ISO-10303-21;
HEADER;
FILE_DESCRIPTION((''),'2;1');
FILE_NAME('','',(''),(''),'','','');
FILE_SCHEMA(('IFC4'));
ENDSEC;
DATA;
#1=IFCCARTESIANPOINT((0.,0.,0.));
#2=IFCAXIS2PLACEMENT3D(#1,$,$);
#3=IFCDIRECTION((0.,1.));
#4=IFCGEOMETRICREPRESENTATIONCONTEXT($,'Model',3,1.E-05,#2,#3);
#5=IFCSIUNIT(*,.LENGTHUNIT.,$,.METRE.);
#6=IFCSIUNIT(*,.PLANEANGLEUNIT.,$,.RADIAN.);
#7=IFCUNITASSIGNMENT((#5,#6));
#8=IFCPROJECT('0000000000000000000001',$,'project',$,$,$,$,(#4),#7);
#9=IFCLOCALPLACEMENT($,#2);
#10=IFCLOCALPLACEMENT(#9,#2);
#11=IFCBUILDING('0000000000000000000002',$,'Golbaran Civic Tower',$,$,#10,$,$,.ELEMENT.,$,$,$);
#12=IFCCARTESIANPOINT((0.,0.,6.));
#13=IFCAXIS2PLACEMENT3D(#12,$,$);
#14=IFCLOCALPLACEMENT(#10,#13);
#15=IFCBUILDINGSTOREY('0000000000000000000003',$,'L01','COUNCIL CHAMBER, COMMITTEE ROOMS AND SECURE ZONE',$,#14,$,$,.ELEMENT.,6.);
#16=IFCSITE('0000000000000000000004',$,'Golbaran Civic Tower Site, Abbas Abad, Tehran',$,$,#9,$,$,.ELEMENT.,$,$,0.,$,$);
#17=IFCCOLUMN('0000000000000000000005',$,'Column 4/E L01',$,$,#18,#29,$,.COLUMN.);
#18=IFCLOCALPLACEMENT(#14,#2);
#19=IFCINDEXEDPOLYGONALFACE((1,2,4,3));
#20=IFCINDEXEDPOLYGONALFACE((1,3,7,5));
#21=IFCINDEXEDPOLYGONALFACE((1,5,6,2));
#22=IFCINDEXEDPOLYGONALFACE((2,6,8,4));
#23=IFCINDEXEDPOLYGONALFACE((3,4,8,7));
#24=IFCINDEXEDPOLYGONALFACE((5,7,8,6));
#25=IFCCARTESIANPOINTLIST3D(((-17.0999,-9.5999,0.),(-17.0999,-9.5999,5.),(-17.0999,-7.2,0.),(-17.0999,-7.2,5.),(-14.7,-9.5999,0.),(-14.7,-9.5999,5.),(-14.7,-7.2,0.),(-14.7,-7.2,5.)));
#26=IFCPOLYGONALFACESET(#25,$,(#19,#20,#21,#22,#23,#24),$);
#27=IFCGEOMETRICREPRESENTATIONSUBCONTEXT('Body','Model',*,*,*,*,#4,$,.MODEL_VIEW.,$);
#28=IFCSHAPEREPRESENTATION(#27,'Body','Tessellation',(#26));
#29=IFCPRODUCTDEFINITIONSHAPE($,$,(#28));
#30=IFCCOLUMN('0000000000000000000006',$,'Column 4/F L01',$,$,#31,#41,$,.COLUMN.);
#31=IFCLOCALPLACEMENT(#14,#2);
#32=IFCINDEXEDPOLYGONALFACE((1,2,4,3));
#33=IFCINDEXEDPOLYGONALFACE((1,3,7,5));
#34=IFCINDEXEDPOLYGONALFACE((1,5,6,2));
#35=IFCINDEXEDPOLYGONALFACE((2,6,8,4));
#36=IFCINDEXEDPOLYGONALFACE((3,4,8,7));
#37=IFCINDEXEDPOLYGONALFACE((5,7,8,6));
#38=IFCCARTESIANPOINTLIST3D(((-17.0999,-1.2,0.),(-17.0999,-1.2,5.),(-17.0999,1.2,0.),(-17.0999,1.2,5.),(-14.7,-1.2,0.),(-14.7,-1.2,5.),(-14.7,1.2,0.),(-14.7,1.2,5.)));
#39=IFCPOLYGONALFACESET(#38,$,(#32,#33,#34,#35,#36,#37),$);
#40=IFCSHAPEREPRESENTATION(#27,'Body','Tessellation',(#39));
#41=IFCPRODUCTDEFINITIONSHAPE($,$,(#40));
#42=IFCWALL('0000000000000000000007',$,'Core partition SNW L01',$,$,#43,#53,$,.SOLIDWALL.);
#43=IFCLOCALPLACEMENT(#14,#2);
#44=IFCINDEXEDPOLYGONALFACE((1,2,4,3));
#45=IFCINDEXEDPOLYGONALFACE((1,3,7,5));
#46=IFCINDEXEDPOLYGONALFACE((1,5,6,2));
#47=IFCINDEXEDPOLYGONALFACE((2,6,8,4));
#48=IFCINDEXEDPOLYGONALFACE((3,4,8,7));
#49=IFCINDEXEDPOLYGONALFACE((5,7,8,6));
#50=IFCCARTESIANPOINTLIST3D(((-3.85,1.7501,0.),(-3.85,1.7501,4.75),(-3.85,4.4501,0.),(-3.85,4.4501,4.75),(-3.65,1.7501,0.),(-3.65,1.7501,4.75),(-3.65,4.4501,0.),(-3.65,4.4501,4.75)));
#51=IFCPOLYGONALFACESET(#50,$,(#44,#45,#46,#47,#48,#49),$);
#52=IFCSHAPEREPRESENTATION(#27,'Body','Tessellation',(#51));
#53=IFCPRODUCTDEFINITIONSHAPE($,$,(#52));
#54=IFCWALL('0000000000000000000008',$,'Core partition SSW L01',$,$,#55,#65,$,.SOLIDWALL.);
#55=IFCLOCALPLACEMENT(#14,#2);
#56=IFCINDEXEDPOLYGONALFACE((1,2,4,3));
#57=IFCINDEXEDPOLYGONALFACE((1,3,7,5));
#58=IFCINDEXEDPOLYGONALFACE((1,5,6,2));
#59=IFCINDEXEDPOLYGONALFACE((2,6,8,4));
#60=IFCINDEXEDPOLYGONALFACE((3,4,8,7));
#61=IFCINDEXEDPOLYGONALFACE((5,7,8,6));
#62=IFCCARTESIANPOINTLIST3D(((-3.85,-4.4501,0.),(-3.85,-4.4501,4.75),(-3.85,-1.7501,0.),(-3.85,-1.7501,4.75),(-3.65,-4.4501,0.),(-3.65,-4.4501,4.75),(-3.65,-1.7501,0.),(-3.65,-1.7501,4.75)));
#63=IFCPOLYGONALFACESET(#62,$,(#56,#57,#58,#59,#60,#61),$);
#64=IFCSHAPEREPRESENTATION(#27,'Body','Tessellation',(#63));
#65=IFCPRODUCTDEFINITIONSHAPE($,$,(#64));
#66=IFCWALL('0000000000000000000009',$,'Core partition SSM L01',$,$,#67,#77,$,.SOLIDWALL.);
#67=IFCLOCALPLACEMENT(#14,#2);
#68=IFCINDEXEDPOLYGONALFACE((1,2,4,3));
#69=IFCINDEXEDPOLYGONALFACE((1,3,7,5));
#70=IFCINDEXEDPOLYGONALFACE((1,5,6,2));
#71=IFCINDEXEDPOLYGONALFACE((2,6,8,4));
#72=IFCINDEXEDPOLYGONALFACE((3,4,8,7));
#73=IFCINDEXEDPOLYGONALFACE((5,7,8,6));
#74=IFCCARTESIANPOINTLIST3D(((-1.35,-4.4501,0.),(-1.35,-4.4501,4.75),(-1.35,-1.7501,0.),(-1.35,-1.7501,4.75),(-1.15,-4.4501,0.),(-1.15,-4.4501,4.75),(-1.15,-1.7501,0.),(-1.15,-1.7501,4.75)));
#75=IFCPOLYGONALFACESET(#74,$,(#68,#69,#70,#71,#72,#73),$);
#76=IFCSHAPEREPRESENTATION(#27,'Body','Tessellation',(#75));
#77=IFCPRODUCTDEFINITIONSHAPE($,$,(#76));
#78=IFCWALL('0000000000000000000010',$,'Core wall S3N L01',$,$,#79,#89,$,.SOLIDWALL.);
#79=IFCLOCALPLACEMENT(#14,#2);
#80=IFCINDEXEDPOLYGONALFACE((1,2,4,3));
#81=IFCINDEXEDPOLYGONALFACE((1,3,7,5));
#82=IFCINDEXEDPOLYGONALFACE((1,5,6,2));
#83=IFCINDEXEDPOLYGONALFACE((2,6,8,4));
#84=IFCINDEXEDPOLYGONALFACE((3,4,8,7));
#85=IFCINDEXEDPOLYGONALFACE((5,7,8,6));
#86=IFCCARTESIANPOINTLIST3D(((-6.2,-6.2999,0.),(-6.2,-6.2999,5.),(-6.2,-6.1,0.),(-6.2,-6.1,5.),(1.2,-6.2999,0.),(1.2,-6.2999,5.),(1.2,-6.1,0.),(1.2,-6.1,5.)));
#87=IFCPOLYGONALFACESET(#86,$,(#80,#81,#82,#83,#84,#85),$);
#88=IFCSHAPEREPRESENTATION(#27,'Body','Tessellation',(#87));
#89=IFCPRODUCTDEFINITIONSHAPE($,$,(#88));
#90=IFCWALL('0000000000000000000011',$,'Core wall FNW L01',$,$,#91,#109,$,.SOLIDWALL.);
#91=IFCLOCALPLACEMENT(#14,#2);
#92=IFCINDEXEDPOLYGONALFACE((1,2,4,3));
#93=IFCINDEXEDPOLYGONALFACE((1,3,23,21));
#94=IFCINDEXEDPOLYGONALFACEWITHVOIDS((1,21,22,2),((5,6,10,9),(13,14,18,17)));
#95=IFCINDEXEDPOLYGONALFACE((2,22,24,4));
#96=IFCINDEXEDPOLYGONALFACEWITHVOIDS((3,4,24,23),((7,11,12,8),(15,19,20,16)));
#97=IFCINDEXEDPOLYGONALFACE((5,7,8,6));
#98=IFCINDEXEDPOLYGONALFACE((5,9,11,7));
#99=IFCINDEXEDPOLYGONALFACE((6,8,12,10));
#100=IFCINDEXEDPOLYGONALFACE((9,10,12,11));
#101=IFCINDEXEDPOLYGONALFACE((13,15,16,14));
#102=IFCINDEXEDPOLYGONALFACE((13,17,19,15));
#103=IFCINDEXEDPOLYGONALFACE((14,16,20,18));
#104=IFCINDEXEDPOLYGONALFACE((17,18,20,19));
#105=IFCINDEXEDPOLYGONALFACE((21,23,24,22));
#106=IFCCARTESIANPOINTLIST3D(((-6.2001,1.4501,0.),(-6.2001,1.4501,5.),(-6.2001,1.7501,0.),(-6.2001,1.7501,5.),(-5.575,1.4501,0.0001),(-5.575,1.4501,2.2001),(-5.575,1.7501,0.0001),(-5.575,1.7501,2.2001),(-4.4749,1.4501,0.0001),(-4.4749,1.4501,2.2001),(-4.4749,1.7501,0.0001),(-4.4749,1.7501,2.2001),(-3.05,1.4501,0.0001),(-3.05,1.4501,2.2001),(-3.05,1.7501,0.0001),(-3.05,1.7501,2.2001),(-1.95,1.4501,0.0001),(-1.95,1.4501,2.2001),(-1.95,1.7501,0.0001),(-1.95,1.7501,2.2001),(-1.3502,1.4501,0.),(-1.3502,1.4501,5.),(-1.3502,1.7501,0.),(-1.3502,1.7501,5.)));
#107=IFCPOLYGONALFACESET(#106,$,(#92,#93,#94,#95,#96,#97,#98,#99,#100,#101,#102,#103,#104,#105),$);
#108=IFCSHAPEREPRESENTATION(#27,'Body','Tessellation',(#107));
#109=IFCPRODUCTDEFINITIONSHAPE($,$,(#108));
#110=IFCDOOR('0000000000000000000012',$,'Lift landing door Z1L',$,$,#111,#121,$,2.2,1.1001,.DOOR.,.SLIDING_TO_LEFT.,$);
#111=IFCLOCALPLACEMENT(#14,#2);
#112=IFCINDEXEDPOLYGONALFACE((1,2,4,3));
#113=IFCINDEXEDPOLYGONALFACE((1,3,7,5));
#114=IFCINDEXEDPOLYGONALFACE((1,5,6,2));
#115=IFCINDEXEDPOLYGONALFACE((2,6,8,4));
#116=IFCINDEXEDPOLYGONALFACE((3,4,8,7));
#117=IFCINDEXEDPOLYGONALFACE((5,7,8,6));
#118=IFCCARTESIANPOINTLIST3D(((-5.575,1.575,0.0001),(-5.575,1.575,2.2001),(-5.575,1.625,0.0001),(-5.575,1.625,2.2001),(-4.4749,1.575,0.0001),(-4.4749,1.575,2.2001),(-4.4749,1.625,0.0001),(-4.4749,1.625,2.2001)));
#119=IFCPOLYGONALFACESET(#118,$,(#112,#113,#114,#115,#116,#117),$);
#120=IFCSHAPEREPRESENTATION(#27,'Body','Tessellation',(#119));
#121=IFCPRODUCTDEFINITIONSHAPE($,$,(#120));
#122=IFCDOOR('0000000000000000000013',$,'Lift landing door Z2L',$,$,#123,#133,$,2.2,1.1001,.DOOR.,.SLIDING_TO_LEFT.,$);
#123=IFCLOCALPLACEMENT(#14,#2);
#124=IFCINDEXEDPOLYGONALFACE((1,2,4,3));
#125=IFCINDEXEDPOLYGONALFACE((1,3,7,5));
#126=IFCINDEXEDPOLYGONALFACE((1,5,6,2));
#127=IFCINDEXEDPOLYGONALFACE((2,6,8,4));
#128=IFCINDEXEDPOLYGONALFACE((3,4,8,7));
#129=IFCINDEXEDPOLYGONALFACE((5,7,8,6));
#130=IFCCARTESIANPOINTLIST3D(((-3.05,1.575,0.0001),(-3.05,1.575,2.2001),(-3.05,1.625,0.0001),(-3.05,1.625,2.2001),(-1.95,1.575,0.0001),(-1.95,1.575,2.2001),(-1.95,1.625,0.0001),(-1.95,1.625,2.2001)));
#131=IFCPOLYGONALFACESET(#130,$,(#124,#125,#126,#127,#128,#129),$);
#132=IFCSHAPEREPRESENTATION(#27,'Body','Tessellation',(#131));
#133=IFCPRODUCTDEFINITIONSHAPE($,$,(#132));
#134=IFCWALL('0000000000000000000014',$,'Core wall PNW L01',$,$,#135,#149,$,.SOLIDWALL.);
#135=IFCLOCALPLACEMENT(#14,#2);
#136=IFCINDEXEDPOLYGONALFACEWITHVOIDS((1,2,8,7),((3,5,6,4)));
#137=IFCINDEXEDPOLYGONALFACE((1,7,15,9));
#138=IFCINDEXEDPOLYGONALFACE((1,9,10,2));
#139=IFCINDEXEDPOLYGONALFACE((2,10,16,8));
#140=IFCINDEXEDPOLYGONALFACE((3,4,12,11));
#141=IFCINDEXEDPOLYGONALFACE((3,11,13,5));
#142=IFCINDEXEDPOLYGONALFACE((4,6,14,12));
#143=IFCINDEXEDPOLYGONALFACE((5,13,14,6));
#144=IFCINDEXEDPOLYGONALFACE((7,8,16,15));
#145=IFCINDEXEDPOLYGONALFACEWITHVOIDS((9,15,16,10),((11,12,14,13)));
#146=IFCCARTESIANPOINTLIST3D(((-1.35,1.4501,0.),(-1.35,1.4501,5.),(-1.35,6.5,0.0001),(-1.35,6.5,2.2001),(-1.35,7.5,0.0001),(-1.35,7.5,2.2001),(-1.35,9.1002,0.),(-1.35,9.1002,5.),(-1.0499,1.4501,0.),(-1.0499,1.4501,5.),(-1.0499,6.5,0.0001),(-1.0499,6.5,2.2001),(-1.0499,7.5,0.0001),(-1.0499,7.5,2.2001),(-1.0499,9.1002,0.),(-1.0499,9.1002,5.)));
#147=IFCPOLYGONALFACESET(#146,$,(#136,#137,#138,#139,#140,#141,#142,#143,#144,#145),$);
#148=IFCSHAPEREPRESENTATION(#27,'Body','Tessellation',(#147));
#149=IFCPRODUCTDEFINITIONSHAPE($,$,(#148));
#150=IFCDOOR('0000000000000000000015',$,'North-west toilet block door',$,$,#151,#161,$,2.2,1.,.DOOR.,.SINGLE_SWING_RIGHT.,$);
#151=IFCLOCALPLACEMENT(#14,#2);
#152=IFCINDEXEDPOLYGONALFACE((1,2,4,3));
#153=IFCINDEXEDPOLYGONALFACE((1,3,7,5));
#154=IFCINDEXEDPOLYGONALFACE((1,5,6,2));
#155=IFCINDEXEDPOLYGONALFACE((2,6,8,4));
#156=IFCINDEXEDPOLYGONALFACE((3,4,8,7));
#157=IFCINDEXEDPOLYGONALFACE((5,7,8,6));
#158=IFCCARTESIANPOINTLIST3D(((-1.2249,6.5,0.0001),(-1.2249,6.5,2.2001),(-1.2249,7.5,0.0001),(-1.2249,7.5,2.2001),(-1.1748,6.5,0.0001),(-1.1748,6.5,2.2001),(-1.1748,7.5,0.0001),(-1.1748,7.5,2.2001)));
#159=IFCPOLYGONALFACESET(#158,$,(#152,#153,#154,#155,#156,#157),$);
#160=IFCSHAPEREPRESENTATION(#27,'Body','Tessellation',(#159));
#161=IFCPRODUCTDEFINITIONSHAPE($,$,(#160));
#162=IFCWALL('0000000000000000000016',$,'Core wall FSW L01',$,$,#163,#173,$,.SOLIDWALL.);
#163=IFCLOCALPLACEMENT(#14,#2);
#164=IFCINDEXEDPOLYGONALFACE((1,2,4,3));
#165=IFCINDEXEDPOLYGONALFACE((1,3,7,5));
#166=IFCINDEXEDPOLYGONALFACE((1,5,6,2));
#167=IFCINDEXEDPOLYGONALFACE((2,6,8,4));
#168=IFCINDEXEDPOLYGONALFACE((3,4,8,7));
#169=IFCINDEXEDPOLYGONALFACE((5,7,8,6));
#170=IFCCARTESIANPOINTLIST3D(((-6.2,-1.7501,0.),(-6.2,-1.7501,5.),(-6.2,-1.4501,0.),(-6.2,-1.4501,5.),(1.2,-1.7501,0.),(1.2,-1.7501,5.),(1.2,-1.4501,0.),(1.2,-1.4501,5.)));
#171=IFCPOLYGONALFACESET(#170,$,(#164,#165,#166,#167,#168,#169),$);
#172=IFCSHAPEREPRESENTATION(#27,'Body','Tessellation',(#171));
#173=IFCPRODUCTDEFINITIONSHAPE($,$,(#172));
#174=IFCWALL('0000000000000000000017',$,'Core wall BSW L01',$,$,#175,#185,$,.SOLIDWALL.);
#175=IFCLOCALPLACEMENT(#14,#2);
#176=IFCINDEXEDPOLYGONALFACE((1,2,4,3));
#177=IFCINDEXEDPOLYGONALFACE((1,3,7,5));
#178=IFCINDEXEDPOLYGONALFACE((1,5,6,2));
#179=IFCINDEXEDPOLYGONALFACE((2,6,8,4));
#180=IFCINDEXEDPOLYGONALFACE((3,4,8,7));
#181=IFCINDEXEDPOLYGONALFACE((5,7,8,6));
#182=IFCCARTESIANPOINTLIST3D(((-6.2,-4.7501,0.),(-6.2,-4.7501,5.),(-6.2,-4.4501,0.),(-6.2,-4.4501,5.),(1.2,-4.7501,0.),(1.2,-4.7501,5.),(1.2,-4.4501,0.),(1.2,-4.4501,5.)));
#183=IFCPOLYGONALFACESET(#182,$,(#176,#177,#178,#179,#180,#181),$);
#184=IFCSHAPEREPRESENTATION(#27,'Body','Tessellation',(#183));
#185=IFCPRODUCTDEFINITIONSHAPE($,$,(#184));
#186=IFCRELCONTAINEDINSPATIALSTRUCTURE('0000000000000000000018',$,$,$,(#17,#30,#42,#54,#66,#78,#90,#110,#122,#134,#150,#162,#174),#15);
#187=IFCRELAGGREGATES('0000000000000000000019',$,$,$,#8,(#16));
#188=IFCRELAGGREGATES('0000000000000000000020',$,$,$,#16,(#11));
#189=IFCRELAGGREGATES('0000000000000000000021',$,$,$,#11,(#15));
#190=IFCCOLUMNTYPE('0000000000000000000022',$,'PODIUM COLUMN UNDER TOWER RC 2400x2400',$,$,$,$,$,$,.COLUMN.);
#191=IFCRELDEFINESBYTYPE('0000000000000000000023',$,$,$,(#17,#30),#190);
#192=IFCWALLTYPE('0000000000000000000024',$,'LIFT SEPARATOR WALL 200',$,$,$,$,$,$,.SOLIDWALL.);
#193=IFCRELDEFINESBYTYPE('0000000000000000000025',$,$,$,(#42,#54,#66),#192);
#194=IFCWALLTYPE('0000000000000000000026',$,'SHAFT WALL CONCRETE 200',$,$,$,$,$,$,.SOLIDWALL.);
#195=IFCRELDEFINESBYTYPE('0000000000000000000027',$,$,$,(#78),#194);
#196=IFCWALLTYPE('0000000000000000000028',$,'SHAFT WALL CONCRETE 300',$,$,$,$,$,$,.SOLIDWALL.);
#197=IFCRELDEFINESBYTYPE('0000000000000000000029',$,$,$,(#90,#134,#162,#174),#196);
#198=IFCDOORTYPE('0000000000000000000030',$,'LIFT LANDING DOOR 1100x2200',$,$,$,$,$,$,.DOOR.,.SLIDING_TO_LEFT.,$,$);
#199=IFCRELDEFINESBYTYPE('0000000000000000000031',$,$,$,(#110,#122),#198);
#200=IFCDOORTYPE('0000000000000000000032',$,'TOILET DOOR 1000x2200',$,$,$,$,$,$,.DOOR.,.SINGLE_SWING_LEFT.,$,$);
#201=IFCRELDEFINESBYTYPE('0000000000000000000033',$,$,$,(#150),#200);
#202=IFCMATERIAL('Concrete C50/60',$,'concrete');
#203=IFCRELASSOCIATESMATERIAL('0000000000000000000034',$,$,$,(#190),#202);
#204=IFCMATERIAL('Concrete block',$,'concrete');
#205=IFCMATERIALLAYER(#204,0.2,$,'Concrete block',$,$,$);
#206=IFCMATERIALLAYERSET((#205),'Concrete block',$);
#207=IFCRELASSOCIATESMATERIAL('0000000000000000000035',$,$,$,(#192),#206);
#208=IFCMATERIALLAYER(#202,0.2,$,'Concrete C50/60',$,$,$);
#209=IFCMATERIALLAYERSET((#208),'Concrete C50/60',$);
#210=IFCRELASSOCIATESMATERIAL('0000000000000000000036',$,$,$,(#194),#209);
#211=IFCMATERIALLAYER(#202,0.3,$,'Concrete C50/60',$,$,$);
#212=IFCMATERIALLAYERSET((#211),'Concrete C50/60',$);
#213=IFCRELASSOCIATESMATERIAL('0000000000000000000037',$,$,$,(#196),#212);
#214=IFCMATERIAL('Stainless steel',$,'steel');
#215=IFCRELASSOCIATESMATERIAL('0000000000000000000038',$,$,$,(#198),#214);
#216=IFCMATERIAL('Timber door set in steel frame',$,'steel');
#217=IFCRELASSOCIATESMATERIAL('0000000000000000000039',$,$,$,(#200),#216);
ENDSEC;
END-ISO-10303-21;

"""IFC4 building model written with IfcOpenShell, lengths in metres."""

from ifc_helpers import new_model, si_unit, direction, frame, frame_2d, origin, origin_2d, place, context, subcontext, project, spatial, rectangle, extrude, material, layer, layer_set, material_profile, profile_set, type_object, element, fill, save


model = new_model("IFC4")

# Units and contexts
model_context = context("Model", 3, precision=1e-05, world=origin(), true_north=direction((0.0, 1.0)))
body_context = subcontext(model_context, "Body", "Model", "MODEL_VIEW")
ifc_project = project(units=[si_unit("LENGTHUNIT", "METRE"), si_unit("PLANEANGLEUNIT", "RADIAN")], contexts=[model_context])

# Site, building, storey
site_placement = place(None, origin())
site = spatial("IfcSite", under=ifc_project, at=site_placement, Name="Golbaran Civic Tower Site, Abbas Abad, Tehran", CompositionType="ELEMENT", RefElevation=0.0)
building_placement = place(site_placement, origin())
building = spatial("IfcBuilding", under=site, at=building_placement, Name="Golbaran Civic Tower", CompositionType="ELEMENT")
storey_placement = place(building_placement, frame((0.0, 0.0, 6.0)))
storey = spatial("IfcBuildingStorey", under=building, at=storey_placement, Name="L01", Description="COUNCIL CHAMBER, COMMITTEE ROOMS AND SECURE ZONE", CompositionType="ELEMENT", Elevation=6.0)

# Columns
ifc_material_1 = material(Name="Concrete C50/60", Category="concrete")
ifc_material_profile = material_profile(ifc_material_1, rectangle(XDim=2.3999, YDim=2.3999, at=origin_2d()), Name="RC 2400x2400")
ifc_profile_set = profile_set([ifc_material_profile], Name="Concrete C50/60")
column_type = type_object("IfcColumnType", Name="PODIUM COLUMN UNDER TOWER RC 2400x2400", PredefinedType="COLUMN", material=ifc_profile_set)
for number, where, z_axis, x_axis, name in (
    (1, (-15.8999, -8.3999, 0.0), (0.0, 0.0, 1.0), (1.0, 0.0, 0.0), "Column 4/E L01"),
    (2, (-15.8999, 0.0, 0.0), (0.0, 0.0, 1.0), (1.0, 0.0, 0.0), "Column 4/F L01"),
):
    element("IfcColumn", number, at=place(storey_placement, frame(where, z_axis=z_axis, x_axis=x_axis)), inside=storey, type_object=column_type, Name=name, PredefinedType="COLUMN", context=body_context, shape_type="SweptSolid", body=[
        extrude(rectangle(XDim=2.3999, YDim=2.3999, at=origin_2d()), origin(), (0.0, 0.0, 1.0), 5.0),
    ])

# Walls
ifc_material_2 = material(Name="Concrete block", Category="concrete")
ifc_layer_1 = layer(ifc_material_2, 0.2, Name="Concrete block")
ifc_layer_set_1 = layer_set([ifc_layer_1], Name="Concrete block")
wall_type_1 = type_object("IfcWallType", Name="LIFT SEPARATOR WALL 200", PredefinedType="SOLIDWALL", material=ifc_layer_set_1)
for number, where, z_axis, x_axis, name in (
    (3, (-3.75, 1.75, 0.0), (0.0, 0.0, 1.0), (0.0, 1.0, 0.0), "Core partition SNW L01"),
    (4, (-3.75, -1.75, 0.0), (0.0, 0.0, 1.0), (0.0, -1.0, 0.0), "Core partition SSW L01"),
    (5, (-1.25, -1.75, 0.0), (0.0, 0.0, 1.0), (0.0, -1.0, 0.0), "Core partition SSM L01"),
):
    element("IfcWall", number, at=place(storey_placement, frame(where, z_axis=z_axis, x_axis=x_axis)), inside=storey, type_object=wall_type_1, Name=name, PredefinedType="SOLIDWALL", context=body_context, shape_type="SweptSolid", body=[
        extrude(rectangle(XDim=2.7, YDim=0.2, at=frame_2d((1.3501, 0.0))), origin(), (0.0, 0.0, 1.0), 4.75),
    ])
ifc_layer_2 = layer(ifc_material_1, 0.2, Name="Concrete C50/60")
ifc_layer_set_2 = layer_set([ifc_layer_2], Name="Concrete C50/60")
wall_type_2 = type_object("IfcWallType", Name="SHAFT WALL CONCRETE 200", PredefinedType="SOLIDWALL", material=ifc_layer_set_2)
wall_1_placement = place(storey_placement, frame((-6.2, -6.2, 0.0), z_axis=(0.0, 0.0, 1.0), x_axis=(1.0, 0.0, 0.0)))
element("IfcWall", 6, at=wall_1_placement, inside=storey, type_object=wall_type_2, Name="Core wall S3N L01", PredefinedType="SOLIDWALL", context=body_context, shape_type="SweptSolid", body=[
    extrude(rectangle(XDim=7.3999, YDim=0.2, at=frame_2d((3.7, 0.0))), origin(), (0.0, 0.0, 1.0), 5.0),
])

# Wall, openings, doors
ifc_layer_3 = layer(ifc_material_1, 0.3, Name="Concrete C50/60")
ifc_layer_set_3 = layer_set([ifc_layer_3], Name="Concrete C50/60")
wall_type_3 = type_object("IfcWallType", Name="SHAFT WALL CONCRETE 300", PredefinedType="SOLIDWALL", material=ifc_layer_set_3)
wall_2_placement = place(storey_placement, frame((-6.2, 1.6001, 0.0), z_axis=(0.0, 0.0, 1.0), x_axis=(1.0, 0.0, 0.0)))
wall_2 = element("IfcWall", 7, at=wall_2_placement, inside=storey, type_object=wall_type_3, Name="Core wall FNW L01", PredefinedType="SOLIDWALL", context=body_context, shape_type="SweptSolid", body=[
    extrude(rectangle(XDim=4.8499, YDim=0.3, at=frame_2d((2.4248, 0.0))), origin(), (0.0, 0.0, 1.0), 5.0),
])
opening_1_placement = place(wall_2_placement, frame((0.625, 0.0, 0.0)))
opening_1 = element("IfcOpeningElement", 8, at=opening_1_placement, cuts=wall_2, PredefinedType="OPENING", context=body_context, shape_type="SweptSolid", body=[
    extrude(rectangle(XDim=1.1001, YDim=2.2, at=frame_2d((0.55, 1.1001))), frame((0.0, 0.1599, 0.0), z_axis=(0.0, -1.0, 0.0), x_axis=(1.0, 0.0, 0.0)), (0.0, 0.0, 1.0), 0.3201),
])
opening_2_placement = place(wall_2_placement, frame((3.1499, 0.0, 0.0)))
opening_2 = element("IfcOpeningElement", 9, at=opening_2_placement, cuts=wall_2, PredefinedType="OPENING", context=body_context, shape_type="SweptSolid", body=[
    extrude(rectangle(XDim=1.1001, YDim=2.2, at=frame_2d((0.55, 1.1001))), frame((0.0, 0.1599, 0.0), z_axis=(0.0, -1.0, 0.0), x_axis=(1.0, 0.0, 0.0)), (0.0, 0.0, 1.0), 0.3201),
])
ifc_material_3 = material(Name="Stainless steel", Category="steel")
door_type_1 = type_object("IfcDoorType", Name="LIFT LANDING DOOR 1100x2200", OperationType="SLIDING_TO_LEFT", PredefinedType="DOOR", material=ifc_material_3)
door_1_placement = place(opening_1_placement, origin())
door_1 = element("IfcDoor", 10, at=door_1_placement, inside=storey, type_object=door_type_1, Name="Lift landing door Z1L", OperationType="SLIDING_TO_LEFT", OverallHeight=2.2, OverallWidth=1.1001, PredefinedType="DOOR", context=body_context, shape_type="SweptSolid", body=[
    extrude(rectangle(XDim=1.1001, YDim=2.2, at=frame_2d((0.55, 1.1001))), frame((0.0, 0.0249, 0.0), z_axis=(0.0, -1.0, 0.0), x_axis=(1.0, 0.0, 0.0)), (0.0, 0.0, 1.0), 0.05),
])
fill(opening_1, door_1)
door_2_placement = place(opening_2_placement, origin())
door_2 = element("IfcDoor", 11, at=door_2_placement, inside=storey, type_object=door_type_1, Name="Lift landing door Z2L", OperationType="SLIDING_TO_LEFT", OverallHeight=2.2, OverallWidth=1.1001, PredefinedType="DOOR", context=body_context, shape_type="SweptSolid", body=[
    extrude(rectangle(XDim=1.1001, YDim=2.2, at=frame_2d((0.55, 1.1001))), frame((0.0, 0.0249, 0.0), z_axis=(0.0, -1.0, 0.0), x_axis=(1.0, 0.0, 0.0)), (0.0, 0.0, 1.0), 0.05),
])
fill(opening_2, door_2)

# Wall, opening, door
wall_3_placement = place(storey_placement, frame((-1.2, 1.45, 0.0), z_axis=(0.0, 0.0, 1.0), x_axis=(0.0, 1.0, 0.0)))
wall_3 = element("IfcWall", 12, at=wall_3_placement, inside=storey, type_object=wall_type_3, Name="Core wall PNW L01", PredefinedType="SOLIDWALL", context=body_context, shape_type="SweptSolid", body=[
    extrude(rectangle(XDim=7.6501, YDim=0.3, at=frame_2d((3.8252, 0.0))), origin(), (0.0, 0.0, 1.0), 5.0),
])
opening_3_placement = place(wall_3_placement, frame((5.05, 0.0, 0.0)))
opening_3 = element("IfcOpeningElement", 13, at=opening_3_placement, cuts=wall_3, PredefinedType="OPENING", context=body_context, shape_type="SweptSolid", body=[
    extrude(rectangle(XDim=1.0, YDim=2.2, at=frame_2d((0.5, 1.1001))), frame((0.0, 0.1599, 0.0), z_axis=(0.0, -1.0, 0.0), x_axis=(1.0, 0.0, 0.0)), (0.0, 0.0, 1.0), 0.3201),
])
ifc_material_4 = material(Name="Timber door set in steel frame", Category="steel")
door_type_2 = type_object("IfcDoorType", Name="TOILET DOOR 1000x2200", OperationType="SINGLE_SWING_LEFT", PredefinedType="DOOR", material=ifc_material_4)
door_3_placement = place(opening_3_placement, origin())
door_3 = element("IfcDoor", 14, at=door_3_placement, inside=storey, type_object=door_type_2, Name="North-west toilet block door", OperationType="SINGLE_SWING_RIGHT", OverallHeight=2.2, OverallWidth=1.0, PredefinedType="DOOR", context=body_context, shape_type="SweptSolid", body=[
    extrude(rectangle(XDim=1.0, YDim=2.2, at=frame_2d((0.5, 1.1001))), frame((0.0, 0.0249, 0.0), z_axis=(0.0, -1.0, 0.0), x_axis=(1.0, 0.0, 0.0)), (0.0, 0.0, 1.0), 0.05),
])
fill(opening_3, door_3)

# Walls
for number, where, z_axis, x_axis, name in (
    (15, (-6.2, -1.6001, 0.0), (0.0, 0.0, 1.0), (1.0, 0.0, 0.0), "Core wall FSW L01"),
    (16, (-6.2, -4.6001, 0.0), (0.0, 0.0, 1.0), (1.0, 0.0, 0.0), "Core wall BSW L01"),
):
    element("IfcWall", number, at=place(storey_placement, frame(where, z_axis=z_axis, x_axis=x_axis)), inside=storey, type_object=wall_type_3, Name=name, PredefinedType="SOLIDWALL", context=body_context, shape_type="SweptSolid", body=[
        extrude(rectangle(XDim=7.3999, YDim=0.3, at=frame_2d((3.7, 0.0))), origin(), (0.0, 0.0, 1.0), 5.0),
    ])

save(model, "model.ifc")
